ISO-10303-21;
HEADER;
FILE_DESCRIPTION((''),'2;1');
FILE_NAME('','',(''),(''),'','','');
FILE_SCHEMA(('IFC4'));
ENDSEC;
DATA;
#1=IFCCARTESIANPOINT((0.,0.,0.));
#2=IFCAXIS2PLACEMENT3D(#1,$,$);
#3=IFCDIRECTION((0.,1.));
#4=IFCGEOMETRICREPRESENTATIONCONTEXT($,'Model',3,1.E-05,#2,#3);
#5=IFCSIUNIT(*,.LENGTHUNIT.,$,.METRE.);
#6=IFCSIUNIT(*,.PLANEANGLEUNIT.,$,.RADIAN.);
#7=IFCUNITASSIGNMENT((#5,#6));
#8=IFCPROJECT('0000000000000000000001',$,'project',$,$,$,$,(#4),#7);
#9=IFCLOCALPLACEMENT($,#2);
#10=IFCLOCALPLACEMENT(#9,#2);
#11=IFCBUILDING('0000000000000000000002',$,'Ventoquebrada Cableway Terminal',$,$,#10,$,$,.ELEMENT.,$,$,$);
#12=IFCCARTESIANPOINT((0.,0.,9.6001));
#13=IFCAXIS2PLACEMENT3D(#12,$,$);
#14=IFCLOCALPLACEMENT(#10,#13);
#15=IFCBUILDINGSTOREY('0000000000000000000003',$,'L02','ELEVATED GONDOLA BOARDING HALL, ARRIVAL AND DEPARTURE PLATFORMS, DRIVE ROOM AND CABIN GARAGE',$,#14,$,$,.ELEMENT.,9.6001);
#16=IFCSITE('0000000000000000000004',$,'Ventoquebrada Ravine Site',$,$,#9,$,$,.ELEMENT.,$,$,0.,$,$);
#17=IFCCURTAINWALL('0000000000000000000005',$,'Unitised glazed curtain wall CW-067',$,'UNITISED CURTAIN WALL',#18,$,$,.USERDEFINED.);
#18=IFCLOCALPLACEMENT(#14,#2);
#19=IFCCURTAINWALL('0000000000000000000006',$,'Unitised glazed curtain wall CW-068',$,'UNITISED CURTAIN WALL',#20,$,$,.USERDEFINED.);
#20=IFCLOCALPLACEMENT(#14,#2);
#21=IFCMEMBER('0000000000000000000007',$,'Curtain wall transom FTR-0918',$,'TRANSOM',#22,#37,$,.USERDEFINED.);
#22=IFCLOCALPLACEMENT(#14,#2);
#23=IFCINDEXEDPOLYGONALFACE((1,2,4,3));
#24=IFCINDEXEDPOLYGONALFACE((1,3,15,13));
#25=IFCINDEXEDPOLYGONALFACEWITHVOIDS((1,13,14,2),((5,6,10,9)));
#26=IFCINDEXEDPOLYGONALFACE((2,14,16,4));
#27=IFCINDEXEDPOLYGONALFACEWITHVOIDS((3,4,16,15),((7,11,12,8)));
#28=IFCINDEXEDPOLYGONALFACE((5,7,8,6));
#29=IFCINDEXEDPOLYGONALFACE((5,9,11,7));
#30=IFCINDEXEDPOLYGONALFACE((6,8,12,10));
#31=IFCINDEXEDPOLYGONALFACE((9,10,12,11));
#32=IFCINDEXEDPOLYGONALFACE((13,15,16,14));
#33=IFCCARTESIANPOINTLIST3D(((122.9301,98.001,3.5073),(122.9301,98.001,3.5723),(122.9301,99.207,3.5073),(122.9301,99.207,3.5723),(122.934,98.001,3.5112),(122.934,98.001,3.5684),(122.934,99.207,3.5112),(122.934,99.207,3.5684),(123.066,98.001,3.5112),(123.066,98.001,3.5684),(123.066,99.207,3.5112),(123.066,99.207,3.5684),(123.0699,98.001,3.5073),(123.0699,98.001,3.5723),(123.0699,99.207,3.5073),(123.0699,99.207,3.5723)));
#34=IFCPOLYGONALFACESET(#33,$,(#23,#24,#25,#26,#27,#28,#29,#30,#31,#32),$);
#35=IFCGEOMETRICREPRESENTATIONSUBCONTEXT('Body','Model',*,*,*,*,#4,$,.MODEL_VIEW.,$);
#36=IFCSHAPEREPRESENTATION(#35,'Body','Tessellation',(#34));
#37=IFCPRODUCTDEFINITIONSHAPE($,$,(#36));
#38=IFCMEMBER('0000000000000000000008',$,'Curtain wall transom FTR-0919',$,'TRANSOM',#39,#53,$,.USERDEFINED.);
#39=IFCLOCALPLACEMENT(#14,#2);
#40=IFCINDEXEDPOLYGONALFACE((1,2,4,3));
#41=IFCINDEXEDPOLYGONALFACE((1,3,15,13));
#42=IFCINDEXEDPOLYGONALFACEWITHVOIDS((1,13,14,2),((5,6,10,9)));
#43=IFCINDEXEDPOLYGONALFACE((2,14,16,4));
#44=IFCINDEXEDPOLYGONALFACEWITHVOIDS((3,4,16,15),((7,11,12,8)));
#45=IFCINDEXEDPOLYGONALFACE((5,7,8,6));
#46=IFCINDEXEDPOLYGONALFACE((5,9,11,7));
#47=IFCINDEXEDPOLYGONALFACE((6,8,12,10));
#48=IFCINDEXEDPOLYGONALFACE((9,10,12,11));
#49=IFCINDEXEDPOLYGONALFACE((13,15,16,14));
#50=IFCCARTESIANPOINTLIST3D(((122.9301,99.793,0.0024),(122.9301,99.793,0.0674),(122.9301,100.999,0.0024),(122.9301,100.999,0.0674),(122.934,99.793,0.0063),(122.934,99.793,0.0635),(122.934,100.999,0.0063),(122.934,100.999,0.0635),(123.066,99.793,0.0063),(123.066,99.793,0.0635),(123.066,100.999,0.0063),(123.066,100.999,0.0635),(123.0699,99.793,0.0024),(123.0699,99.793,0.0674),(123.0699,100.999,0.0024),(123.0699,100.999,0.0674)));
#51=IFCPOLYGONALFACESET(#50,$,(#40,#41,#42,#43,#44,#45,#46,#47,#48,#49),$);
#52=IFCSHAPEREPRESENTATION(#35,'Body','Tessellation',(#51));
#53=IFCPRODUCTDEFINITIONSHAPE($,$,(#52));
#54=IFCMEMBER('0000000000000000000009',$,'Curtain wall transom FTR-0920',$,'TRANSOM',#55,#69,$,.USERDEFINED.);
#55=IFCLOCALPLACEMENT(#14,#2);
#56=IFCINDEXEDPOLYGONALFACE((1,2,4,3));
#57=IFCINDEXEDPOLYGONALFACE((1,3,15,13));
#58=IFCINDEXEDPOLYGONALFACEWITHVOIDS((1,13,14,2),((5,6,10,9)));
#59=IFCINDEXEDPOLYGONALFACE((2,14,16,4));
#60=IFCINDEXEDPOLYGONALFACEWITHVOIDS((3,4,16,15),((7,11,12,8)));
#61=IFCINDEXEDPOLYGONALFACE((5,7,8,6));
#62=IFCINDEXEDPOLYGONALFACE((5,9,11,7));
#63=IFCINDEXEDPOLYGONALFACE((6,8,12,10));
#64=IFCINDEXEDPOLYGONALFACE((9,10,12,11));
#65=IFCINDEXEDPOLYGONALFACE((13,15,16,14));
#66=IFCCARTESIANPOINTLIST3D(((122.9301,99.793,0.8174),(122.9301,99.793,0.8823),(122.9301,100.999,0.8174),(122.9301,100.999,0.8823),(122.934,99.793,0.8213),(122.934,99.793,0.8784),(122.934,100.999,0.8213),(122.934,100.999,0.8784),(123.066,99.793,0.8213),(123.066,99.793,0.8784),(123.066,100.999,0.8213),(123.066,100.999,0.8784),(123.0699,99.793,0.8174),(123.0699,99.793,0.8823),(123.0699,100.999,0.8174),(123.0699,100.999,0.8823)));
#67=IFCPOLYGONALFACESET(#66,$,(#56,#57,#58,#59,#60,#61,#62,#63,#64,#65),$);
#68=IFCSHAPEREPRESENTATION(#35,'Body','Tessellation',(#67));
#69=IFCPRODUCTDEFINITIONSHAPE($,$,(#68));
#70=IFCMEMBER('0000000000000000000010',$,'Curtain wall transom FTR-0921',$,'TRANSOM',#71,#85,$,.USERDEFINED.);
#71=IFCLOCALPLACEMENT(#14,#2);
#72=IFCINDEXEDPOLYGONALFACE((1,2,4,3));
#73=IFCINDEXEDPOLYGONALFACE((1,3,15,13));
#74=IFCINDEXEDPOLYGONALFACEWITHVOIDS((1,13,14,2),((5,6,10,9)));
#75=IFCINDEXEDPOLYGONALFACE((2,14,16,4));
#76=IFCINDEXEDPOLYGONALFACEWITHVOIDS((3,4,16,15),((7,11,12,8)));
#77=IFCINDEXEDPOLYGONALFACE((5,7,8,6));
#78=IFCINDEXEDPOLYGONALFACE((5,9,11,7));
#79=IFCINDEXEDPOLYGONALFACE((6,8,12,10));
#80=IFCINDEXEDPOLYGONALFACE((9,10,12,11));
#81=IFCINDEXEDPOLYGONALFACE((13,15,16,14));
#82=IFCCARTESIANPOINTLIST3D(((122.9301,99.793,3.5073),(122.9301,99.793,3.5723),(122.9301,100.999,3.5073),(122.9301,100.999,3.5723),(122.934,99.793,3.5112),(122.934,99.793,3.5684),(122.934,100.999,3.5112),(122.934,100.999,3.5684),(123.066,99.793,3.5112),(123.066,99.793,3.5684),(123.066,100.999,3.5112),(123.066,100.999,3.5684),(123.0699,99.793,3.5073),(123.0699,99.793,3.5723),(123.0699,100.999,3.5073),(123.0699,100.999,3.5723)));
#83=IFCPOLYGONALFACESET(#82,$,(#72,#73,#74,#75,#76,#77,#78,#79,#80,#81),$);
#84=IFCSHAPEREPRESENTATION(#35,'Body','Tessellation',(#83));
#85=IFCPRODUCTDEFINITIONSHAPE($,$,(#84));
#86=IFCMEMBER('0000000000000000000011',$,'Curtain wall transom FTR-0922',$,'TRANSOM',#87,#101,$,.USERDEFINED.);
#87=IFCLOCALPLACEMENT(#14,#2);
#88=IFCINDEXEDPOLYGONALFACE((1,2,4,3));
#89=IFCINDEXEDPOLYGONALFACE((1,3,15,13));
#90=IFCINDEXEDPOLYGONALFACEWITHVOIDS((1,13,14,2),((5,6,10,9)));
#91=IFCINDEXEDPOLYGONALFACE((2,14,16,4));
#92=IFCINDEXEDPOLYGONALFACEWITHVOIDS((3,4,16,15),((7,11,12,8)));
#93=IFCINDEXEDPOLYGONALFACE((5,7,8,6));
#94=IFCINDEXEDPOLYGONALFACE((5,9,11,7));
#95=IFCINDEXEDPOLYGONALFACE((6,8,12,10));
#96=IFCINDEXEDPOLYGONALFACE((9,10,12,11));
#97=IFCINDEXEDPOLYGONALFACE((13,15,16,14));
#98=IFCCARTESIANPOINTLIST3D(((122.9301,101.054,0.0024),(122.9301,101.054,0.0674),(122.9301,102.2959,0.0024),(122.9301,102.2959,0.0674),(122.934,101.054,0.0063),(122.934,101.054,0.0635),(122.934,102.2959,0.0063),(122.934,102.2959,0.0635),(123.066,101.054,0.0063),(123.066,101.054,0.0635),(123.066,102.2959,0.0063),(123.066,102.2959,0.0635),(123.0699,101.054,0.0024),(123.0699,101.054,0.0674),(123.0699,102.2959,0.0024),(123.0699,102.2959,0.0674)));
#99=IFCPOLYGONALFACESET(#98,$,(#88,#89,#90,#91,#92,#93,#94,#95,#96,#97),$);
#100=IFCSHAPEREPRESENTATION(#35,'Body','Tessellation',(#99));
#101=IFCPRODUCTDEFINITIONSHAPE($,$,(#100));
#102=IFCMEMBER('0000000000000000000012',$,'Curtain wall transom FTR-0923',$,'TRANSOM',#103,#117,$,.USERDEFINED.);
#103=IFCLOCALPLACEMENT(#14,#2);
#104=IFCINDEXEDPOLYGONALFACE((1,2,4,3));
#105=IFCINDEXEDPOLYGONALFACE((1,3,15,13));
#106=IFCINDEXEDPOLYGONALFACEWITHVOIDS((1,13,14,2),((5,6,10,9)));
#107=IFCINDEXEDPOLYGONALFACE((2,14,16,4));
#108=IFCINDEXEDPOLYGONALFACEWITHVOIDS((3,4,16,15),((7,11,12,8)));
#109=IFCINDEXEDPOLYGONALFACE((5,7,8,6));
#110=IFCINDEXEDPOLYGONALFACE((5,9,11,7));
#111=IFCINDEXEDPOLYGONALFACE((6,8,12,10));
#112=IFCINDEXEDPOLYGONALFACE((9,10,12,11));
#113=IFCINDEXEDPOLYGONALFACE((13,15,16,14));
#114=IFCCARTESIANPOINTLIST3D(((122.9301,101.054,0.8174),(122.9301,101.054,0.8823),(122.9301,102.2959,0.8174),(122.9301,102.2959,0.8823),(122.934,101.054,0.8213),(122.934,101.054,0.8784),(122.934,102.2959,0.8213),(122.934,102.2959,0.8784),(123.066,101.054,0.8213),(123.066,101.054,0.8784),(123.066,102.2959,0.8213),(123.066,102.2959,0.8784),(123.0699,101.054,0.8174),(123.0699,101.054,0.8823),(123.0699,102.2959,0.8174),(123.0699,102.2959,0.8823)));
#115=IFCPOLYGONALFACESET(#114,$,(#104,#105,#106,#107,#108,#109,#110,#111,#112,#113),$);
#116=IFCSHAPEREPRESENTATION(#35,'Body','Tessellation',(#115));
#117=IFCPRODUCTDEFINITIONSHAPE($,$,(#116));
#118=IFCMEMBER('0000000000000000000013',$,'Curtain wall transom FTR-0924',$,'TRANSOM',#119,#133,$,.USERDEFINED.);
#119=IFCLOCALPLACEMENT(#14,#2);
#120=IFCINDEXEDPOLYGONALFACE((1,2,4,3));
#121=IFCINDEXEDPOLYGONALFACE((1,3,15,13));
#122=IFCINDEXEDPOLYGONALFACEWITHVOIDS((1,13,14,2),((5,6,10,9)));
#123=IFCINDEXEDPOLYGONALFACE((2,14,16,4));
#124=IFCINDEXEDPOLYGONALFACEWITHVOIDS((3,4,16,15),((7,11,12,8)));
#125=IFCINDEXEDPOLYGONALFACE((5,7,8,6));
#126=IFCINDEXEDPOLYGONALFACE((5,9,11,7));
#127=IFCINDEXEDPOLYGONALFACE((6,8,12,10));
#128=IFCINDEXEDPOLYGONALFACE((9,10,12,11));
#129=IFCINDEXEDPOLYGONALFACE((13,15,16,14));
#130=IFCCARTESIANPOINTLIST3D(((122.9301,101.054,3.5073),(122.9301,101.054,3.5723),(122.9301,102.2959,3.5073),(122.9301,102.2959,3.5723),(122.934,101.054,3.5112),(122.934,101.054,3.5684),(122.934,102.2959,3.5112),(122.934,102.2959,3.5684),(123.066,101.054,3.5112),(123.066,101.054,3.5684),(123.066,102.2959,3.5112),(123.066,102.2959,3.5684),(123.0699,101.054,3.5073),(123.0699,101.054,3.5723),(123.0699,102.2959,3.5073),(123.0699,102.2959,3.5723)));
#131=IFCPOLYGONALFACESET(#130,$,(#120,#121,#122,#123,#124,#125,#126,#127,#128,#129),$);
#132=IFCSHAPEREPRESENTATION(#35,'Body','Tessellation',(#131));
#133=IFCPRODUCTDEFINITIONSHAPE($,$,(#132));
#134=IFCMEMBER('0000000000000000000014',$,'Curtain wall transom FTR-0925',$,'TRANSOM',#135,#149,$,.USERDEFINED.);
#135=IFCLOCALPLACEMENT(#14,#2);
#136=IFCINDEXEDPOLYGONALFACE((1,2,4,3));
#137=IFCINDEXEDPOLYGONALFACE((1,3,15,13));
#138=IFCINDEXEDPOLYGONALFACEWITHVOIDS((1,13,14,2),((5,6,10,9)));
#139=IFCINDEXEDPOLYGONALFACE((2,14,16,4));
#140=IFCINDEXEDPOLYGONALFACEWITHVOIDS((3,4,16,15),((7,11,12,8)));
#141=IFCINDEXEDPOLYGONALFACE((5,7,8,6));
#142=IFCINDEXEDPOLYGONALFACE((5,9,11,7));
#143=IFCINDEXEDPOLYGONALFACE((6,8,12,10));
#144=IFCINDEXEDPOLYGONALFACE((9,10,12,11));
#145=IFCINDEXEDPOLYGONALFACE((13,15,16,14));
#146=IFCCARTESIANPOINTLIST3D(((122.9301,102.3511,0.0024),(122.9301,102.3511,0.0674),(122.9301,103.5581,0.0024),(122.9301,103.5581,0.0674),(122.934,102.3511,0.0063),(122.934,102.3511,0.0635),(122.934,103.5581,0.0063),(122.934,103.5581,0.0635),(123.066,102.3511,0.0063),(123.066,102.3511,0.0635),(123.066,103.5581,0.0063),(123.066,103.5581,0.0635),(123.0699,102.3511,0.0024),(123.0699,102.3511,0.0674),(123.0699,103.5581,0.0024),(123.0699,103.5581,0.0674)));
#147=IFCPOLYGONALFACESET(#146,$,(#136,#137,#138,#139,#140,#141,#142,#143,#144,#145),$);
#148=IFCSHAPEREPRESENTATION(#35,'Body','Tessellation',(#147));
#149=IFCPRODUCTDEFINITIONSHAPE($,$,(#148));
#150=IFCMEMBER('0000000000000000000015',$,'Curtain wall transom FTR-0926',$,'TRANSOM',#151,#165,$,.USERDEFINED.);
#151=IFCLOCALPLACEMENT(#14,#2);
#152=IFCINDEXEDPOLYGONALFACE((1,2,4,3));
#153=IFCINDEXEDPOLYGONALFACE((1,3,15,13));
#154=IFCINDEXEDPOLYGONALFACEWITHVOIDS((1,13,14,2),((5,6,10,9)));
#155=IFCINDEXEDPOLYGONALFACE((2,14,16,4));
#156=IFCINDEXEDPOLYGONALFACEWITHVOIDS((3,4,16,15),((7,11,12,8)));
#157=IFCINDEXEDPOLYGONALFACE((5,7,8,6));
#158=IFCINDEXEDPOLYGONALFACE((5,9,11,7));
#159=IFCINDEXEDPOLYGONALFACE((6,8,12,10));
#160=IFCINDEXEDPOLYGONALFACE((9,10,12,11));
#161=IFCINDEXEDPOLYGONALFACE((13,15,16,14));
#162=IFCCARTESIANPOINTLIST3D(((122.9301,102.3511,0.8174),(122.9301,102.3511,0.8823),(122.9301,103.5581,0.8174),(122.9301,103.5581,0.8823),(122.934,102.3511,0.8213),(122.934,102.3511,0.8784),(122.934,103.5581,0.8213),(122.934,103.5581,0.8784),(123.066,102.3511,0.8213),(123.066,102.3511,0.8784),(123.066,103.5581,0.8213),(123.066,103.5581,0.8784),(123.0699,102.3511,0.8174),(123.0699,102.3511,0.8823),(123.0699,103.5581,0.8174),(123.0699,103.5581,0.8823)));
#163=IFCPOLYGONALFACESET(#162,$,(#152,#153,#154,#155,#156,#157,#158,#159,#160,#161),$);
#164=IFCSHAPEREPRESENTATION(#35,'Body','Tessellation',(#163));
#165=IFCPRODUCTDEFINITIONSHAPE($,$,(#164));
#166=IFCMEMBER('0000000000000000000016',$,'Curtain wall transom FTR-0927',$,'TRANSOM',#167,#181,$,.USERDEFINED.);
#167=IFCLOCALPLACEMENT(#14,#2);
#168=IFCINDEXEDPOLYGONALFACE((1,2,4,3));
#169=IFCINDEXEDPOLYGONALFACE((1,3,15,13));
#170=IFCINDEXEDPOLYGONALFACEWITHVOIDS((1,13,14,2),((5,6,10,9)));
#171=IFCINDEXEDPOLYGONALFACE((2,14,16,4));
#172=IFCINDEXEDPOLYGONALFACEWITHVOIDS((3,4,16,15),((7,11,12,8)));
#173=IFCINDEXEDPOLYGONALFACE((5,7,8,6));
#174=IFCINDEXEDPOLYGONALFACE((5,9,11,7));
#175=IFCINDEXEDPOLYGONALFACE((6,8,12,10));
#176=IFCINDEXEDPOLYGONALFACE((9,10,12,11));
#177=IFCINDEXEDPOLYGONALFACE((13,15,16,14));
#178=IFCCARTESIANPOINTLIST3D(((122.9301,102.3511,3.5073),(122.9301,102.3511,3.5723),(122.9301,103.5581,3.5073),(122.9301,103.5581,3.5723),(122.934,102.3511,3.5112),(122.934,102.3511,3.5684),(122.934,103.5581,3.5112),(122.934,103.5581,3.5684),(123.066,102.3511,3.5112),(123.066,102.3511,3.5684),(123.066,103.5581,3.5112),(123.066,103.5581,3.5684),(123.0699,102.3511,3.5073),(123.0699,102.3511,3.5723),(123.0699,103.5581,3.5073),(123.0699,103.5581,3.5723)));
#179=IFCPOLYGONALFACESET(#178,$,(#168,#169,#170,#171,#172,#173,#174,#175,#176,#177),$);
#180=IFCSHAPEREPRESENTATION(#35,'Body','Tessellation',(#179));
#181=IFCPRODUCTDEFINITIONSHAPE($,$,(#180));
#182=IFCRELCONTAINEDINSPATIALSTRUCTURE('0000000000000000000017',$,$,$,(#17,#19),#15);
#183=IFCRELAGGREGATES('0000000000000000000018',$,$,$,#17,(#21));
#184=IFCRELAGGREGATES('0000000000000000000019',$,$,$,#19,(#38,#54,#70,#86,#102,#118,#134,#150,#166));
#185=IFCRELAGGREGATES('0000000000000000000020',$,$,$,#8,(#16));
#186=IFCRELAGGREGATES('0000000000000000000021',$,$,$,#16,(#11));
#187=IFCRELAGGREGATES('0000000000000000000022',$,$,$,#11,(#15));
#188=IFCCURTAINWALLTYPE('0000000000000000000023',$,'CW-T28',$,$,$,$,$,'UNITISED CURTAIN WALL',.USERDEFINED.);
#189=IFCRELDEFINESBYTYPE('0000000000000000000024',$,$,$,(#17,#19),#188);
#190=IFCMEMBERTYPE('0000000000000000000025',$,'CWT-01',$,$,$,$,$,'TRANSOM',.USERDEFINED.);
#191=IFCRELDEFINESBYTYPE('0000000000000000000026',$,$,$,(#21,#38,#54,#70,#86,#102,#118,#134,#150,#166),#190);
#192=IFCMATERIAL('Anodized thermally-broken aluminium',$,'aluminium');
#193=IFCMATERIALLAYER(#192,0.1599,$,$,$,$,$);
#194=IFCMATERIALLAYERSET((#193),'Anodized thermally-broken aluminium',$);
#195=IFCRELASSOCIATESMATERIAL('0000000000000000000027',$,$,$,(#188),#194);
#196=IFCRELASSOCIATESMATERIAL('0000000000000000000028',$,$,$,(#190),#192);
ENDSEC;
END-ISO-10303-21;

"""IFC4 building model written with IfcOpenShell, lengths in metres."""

from ifc_helpers import new_model, si_unit, direction, frame, origin, origin_2d, place, context, subcontext, project, spatial, hollow_rectangle, extrude, material, layer, layer_set, material_profile, profile_set, type_object, element, aggregate, save


model = new_model("IFC4")

# Units and contexts
model_context = context("Model", 3, precision=1e-05, world=origin(), true_north=direction((0.0, 1.0)))
body_context = subcontext(model_context, "Body", "Model", "MODEL_VIEW")
ifc_project = project(units=[si_unit("LENGTHUNIT", "METRE"), si_unit("PLANEANGLEUNIT", "RADIAN")], contexts=[model_context])

# Site, building, storey
site_placement = place(None, origin())
site = spatial("IfcSite", under=ifc_project, at=site_placement, Name="Ventoquebrada Ravine Site", CompositionType="ELEMENT", RefElevation=0.0)
building_placement = place(site_placement, origin())
building = spatial("IfcBuilding", under=site, at=building_placement, Name="Ventoquebrada Cableway Terminal", CompositionType="ELEMENT")
storey_placement = place(building_placement, frame((0.0, 0.0, 9.6001)))
storey = spatial("IfcBuildingStorey", under=building, at=storey_placement, Name="L02", Description="ELEVATED GONDOLA BOARDING HALL, ARRIVAL AND DEPARTURE PLATFORMS, DRIVE ROOM AND CABIN GARAGE", CompositionType="ELEMENT", Elevation=9.6001)

# Curtain wall
ifc_material_1 = material(Name="Anodized thermally-broken aluminium", Category="aluminium")
ifc_layer_1 = layer(ifc_material_1, 0.1599)
ifc_layer_set_1 = layer_set([ifc_layer_1], Name="Anodized thermally-broken aluminium")
curtain_wall_type = type_object("IfcCurtainWallType", Name="CW-T28", ElementType="UNITISED CURTAIN WALL", PredefinedType="USERDEFINED", material=ifc_layer_set_1)
curtain_wall_1_placement = place(storey_placement, origin())
curtain_wall_1 = element("IfcCurtainWall", 1, at=curtain_wall_1_placement, inside=storey, type_object=curtain_wall_type, Name="Unitised glazed curtain wall CW-067", ObjectType="UNITISED CURTAIN WALL", PredefinedType="USERDEFINED")

# Curtain wall
curtain_wall_2_placement = place(storey_placement, origin())
curtain_wall_2 = element("IfcCurtainWall", 2, at=curtain_wall_2_placement, inside=storey, type_object=curtain_wall_type, Name="Unitised glazed curtain wall CW-068", ObjectType="UNITISED CURTAIN WALL", PredefinedType="USERDEFINED")

# Members
ifc_material_profile_1 = material_profile(ifc_material_1, hollow_rectangle(XDim=0.0649, YDim=0.1399, WallThickness=0.0039, at=origin_2d()), Name="CW-TRN-65X140")
ifc_profile_set_1 = profile_set([ifc_material_profile_1], Name="Anodized thermally-broken aluminium")
member_type_1 = type_object("IfcMemberType", Name="CWT-01", ElementType="TRANSOM", PredefinedType="USERDEFINED", material=ifc_profile_set_1)
member_1_placement = place(storey_placement, frame((123.0, 98.001, 3.5398), z_axis=(0.0, 1.0, 0.0), x_axis=(0.0, 0.0, 1.0)))
member_1 = element("IfcMember", 3, at=member_1_placement, type_object=member_type_1, Name="Curtain wall transom FTR-0918", ObjectType="TRANSOM", PredefinedType="USERDEFINED", context=body_context, shape_type="SweptSolid", body=[
    extrude(hollow_rectangle(XDim=0.0649, YDim=0.1399, WallThickness=0.0039, at=origin_2d()), origin(), (0.0, 0.0, 1.0), 1.2061),
])
member_2_placement = place(storey_placement, frame((123.0, 99.793, 0.0349), z_axis=(0.0, 1.0, 0.0), x_axis=(0.0, 0.0, 1.0)))
member_2 = element("IfcMember", 4, at=member_2_placement, type_object=member_type_1, Name="Curtain wall transom FTR-0919", ObjectType="TRANSOM", PredefinedType="USERDEFINED", context=body_context, shape_type="SweptSolid", body=[
    extrude(hollow_rectangle(XDim=0.0649, YDim=0.1399, WallThickness=0.0039, at=origin_2d()), origin(), (0.0, 0.0, 1.0), 1.2061),
])
member_3_placement = place(storey_placement, frame((123.0, 99.793, 0.8499), z_axis=(0.0, 1.0, 0.0), x_axis=(0.0, 0.0, 1.0)))
member_3 = element("IfcMember", 5, at=member_3_placement, type_object=member_type_1, Name="Curtain wall transom FTR-0920", ObjectType="TRANSOM", PredefinedType="USERDEFINED", context=body_context, shape_type="SweptSolid", body=[
    extrude(hollow_rectangle(XDim=0.0649, YDim=0.1399, WallThickness=0.0039, at=origin_2d()), origin(), (0.0, 0.0, 1.0), 1.2061),
])
member_4_placement = place(storey_placement, frame((123.0, 99.793, 3.5398), z_axis=(0.0, 1.0, 0.0), x_axis=(0.0, 0.0, 1.0)))
member_4 = element("IfcMember", 6, at=member_4_placement, type_object=member_type_1, Name="Curtain wall transom FTR-0921", ObjectType="TRANSOM", PredefinedType="USERDEFINED", context=body_context, shape_type="SweptSolid", body=[
    extrude(hollow_rectangle(XDim=0.0649, YDim=0.1399, WallThickness=0.0039, at=origin_2d()), origin(), (0.0, 0.0, 1.0), 1.2061),
])
member_5_placement = place(storey_placement, frame((123.0, 101.054, 0.0349), z_axis=(0.0, 1.0, 0.0), x_axis=(0.0, 0.0, 1.0)))
member_5 = element("IfcMember", 7, at=member_5_placement, type_object=member_type_1, Name="Curtain wall transom FTR-0922", ObjectType="TRANSOM", PredefinedType="USERDEFINED", context=body_context, shape_type="SweptSolid", body=[
    extrude(hollow_rectangle(XDim=0.0649, YDim=0.1399, WallThickness=0.0039, at=origin_2d()), origin(), (0.0, 0.0, 1.0), 1.2419),
])
member_6_placement = place(storey_placement, frame((123.0, 101.054, 0.8499), z_axis=(0.0, 1.0, 0.0), x_axis=(0.0, 0.0, 1.0)))
member_6 = element("IfcMember", 8, at=member_6_placement, type_object=member_type_1, Name="Curtain wall transom FTR-0923", ObjectType="TRANSOM", PredefinedType="USERDEFINED", context=body_context, shape_type="SweptSolid", body=[
    extrude(hollow_rectangle(XDim=0.0649, YDim=0.1399, WallThickness=0.0039, at=origin_2d()), origin(), (0.0, 0.0, 1.0), 1.2419),
])
member_7_placement = place(storey_placement, frame((123.0, 101.054, 3.5398), z_axis=(0.0, 1.0, 0.0), x_axis=(0.0, 0.0, 1.0)))
member_7 = element("IfcMember", 9, at=member_7_placement, type_object=member_type_1, Name="Curtain wall transom FTR-0924", ObjectType="TRANSOM", PredefinedType="USERDEFINED", context=body_context, shape_type="SweptSolid", body=[
    extrude(hollow_rectangle(XDim=0.0649, YDim=0.1399, WallThickness=0.0039, at=origin_2d()), origin(), (0.0, 0.0, 1.0), 1.2419),
])
member_8_placement = place(storey_placement, frame((123.0, 102.3511, 0.0349), z_axis=(0.0, 1.0, 0.0), x_axis=(0.0, 0.0, 1.0)))
member_8 = element("IfcMember", 10, at=member_8_placement, type_object=member_type_1, Name="Curtain wall transom FTR-0925", ObjectType="TRANSOM", PredefinedType="USERDEFINED", context=body_context, shape_type="SweptSolid", body=[
    extrude(hollow_rectangle(XDim=0.0649, YDim=0.1399, WallThickness=0.0039, at=origin_2d()), origin(), (0.0, 0.0, 1.0), 1.207),
])
member_9_placement = place(storey_placement, frame((123.0, 102.3511, 0.8499), z_axis=(0.0, 1.0, 0.0), x_axis=(0.0, 0.0, 1.0)))
member_9 = element("IfcMember", 11, at=member_9_placement, type_object=member_type_1, Name="Curtain wall transom FTR-0926", ObjectType="TRANSOM", PredefinedType="USERDEFINED", context=body_context, shape_type="SweptSolid", body=[
    extrude(hollow_rectangle(XDim=0.0649, YDim=0.1399, WallThickness=0.0039, at=origin_2d()), origin(), (0.0, 0.0, 1.0), 1.207),
])
member_10_placement = place(storey_placement, frame((123.0, 102.3511, 3.5398), z_axis=(0.0, 1.0, 0.0), x_axis=(0.0, 0.0, 1.0)))
member_10 = element("IfcMember", 12, at=member_10_placement, type_object=member_type_1, Name="Curtain wall transom FTR-0927", ObjectType="TRANSOM", PredefinedType="USERDEFINED", context=body_context, shape_type="SweptSolid", body=[
    extrude(hollow_rectangle(XDim=0.0649, YDim=0.1399, WallThickness=0.0039, at=origin_2d()), origin(), (0.0, 0.0, 1.0), 1.207),
])

aggregate(curtain_wall_1, [member_1])
aggregate(curtain_wall_2, [member_2, member_3, member_4, member_5, member_6, member_7, member_8, member_9, member_10])

save(model, "model.ifc")
